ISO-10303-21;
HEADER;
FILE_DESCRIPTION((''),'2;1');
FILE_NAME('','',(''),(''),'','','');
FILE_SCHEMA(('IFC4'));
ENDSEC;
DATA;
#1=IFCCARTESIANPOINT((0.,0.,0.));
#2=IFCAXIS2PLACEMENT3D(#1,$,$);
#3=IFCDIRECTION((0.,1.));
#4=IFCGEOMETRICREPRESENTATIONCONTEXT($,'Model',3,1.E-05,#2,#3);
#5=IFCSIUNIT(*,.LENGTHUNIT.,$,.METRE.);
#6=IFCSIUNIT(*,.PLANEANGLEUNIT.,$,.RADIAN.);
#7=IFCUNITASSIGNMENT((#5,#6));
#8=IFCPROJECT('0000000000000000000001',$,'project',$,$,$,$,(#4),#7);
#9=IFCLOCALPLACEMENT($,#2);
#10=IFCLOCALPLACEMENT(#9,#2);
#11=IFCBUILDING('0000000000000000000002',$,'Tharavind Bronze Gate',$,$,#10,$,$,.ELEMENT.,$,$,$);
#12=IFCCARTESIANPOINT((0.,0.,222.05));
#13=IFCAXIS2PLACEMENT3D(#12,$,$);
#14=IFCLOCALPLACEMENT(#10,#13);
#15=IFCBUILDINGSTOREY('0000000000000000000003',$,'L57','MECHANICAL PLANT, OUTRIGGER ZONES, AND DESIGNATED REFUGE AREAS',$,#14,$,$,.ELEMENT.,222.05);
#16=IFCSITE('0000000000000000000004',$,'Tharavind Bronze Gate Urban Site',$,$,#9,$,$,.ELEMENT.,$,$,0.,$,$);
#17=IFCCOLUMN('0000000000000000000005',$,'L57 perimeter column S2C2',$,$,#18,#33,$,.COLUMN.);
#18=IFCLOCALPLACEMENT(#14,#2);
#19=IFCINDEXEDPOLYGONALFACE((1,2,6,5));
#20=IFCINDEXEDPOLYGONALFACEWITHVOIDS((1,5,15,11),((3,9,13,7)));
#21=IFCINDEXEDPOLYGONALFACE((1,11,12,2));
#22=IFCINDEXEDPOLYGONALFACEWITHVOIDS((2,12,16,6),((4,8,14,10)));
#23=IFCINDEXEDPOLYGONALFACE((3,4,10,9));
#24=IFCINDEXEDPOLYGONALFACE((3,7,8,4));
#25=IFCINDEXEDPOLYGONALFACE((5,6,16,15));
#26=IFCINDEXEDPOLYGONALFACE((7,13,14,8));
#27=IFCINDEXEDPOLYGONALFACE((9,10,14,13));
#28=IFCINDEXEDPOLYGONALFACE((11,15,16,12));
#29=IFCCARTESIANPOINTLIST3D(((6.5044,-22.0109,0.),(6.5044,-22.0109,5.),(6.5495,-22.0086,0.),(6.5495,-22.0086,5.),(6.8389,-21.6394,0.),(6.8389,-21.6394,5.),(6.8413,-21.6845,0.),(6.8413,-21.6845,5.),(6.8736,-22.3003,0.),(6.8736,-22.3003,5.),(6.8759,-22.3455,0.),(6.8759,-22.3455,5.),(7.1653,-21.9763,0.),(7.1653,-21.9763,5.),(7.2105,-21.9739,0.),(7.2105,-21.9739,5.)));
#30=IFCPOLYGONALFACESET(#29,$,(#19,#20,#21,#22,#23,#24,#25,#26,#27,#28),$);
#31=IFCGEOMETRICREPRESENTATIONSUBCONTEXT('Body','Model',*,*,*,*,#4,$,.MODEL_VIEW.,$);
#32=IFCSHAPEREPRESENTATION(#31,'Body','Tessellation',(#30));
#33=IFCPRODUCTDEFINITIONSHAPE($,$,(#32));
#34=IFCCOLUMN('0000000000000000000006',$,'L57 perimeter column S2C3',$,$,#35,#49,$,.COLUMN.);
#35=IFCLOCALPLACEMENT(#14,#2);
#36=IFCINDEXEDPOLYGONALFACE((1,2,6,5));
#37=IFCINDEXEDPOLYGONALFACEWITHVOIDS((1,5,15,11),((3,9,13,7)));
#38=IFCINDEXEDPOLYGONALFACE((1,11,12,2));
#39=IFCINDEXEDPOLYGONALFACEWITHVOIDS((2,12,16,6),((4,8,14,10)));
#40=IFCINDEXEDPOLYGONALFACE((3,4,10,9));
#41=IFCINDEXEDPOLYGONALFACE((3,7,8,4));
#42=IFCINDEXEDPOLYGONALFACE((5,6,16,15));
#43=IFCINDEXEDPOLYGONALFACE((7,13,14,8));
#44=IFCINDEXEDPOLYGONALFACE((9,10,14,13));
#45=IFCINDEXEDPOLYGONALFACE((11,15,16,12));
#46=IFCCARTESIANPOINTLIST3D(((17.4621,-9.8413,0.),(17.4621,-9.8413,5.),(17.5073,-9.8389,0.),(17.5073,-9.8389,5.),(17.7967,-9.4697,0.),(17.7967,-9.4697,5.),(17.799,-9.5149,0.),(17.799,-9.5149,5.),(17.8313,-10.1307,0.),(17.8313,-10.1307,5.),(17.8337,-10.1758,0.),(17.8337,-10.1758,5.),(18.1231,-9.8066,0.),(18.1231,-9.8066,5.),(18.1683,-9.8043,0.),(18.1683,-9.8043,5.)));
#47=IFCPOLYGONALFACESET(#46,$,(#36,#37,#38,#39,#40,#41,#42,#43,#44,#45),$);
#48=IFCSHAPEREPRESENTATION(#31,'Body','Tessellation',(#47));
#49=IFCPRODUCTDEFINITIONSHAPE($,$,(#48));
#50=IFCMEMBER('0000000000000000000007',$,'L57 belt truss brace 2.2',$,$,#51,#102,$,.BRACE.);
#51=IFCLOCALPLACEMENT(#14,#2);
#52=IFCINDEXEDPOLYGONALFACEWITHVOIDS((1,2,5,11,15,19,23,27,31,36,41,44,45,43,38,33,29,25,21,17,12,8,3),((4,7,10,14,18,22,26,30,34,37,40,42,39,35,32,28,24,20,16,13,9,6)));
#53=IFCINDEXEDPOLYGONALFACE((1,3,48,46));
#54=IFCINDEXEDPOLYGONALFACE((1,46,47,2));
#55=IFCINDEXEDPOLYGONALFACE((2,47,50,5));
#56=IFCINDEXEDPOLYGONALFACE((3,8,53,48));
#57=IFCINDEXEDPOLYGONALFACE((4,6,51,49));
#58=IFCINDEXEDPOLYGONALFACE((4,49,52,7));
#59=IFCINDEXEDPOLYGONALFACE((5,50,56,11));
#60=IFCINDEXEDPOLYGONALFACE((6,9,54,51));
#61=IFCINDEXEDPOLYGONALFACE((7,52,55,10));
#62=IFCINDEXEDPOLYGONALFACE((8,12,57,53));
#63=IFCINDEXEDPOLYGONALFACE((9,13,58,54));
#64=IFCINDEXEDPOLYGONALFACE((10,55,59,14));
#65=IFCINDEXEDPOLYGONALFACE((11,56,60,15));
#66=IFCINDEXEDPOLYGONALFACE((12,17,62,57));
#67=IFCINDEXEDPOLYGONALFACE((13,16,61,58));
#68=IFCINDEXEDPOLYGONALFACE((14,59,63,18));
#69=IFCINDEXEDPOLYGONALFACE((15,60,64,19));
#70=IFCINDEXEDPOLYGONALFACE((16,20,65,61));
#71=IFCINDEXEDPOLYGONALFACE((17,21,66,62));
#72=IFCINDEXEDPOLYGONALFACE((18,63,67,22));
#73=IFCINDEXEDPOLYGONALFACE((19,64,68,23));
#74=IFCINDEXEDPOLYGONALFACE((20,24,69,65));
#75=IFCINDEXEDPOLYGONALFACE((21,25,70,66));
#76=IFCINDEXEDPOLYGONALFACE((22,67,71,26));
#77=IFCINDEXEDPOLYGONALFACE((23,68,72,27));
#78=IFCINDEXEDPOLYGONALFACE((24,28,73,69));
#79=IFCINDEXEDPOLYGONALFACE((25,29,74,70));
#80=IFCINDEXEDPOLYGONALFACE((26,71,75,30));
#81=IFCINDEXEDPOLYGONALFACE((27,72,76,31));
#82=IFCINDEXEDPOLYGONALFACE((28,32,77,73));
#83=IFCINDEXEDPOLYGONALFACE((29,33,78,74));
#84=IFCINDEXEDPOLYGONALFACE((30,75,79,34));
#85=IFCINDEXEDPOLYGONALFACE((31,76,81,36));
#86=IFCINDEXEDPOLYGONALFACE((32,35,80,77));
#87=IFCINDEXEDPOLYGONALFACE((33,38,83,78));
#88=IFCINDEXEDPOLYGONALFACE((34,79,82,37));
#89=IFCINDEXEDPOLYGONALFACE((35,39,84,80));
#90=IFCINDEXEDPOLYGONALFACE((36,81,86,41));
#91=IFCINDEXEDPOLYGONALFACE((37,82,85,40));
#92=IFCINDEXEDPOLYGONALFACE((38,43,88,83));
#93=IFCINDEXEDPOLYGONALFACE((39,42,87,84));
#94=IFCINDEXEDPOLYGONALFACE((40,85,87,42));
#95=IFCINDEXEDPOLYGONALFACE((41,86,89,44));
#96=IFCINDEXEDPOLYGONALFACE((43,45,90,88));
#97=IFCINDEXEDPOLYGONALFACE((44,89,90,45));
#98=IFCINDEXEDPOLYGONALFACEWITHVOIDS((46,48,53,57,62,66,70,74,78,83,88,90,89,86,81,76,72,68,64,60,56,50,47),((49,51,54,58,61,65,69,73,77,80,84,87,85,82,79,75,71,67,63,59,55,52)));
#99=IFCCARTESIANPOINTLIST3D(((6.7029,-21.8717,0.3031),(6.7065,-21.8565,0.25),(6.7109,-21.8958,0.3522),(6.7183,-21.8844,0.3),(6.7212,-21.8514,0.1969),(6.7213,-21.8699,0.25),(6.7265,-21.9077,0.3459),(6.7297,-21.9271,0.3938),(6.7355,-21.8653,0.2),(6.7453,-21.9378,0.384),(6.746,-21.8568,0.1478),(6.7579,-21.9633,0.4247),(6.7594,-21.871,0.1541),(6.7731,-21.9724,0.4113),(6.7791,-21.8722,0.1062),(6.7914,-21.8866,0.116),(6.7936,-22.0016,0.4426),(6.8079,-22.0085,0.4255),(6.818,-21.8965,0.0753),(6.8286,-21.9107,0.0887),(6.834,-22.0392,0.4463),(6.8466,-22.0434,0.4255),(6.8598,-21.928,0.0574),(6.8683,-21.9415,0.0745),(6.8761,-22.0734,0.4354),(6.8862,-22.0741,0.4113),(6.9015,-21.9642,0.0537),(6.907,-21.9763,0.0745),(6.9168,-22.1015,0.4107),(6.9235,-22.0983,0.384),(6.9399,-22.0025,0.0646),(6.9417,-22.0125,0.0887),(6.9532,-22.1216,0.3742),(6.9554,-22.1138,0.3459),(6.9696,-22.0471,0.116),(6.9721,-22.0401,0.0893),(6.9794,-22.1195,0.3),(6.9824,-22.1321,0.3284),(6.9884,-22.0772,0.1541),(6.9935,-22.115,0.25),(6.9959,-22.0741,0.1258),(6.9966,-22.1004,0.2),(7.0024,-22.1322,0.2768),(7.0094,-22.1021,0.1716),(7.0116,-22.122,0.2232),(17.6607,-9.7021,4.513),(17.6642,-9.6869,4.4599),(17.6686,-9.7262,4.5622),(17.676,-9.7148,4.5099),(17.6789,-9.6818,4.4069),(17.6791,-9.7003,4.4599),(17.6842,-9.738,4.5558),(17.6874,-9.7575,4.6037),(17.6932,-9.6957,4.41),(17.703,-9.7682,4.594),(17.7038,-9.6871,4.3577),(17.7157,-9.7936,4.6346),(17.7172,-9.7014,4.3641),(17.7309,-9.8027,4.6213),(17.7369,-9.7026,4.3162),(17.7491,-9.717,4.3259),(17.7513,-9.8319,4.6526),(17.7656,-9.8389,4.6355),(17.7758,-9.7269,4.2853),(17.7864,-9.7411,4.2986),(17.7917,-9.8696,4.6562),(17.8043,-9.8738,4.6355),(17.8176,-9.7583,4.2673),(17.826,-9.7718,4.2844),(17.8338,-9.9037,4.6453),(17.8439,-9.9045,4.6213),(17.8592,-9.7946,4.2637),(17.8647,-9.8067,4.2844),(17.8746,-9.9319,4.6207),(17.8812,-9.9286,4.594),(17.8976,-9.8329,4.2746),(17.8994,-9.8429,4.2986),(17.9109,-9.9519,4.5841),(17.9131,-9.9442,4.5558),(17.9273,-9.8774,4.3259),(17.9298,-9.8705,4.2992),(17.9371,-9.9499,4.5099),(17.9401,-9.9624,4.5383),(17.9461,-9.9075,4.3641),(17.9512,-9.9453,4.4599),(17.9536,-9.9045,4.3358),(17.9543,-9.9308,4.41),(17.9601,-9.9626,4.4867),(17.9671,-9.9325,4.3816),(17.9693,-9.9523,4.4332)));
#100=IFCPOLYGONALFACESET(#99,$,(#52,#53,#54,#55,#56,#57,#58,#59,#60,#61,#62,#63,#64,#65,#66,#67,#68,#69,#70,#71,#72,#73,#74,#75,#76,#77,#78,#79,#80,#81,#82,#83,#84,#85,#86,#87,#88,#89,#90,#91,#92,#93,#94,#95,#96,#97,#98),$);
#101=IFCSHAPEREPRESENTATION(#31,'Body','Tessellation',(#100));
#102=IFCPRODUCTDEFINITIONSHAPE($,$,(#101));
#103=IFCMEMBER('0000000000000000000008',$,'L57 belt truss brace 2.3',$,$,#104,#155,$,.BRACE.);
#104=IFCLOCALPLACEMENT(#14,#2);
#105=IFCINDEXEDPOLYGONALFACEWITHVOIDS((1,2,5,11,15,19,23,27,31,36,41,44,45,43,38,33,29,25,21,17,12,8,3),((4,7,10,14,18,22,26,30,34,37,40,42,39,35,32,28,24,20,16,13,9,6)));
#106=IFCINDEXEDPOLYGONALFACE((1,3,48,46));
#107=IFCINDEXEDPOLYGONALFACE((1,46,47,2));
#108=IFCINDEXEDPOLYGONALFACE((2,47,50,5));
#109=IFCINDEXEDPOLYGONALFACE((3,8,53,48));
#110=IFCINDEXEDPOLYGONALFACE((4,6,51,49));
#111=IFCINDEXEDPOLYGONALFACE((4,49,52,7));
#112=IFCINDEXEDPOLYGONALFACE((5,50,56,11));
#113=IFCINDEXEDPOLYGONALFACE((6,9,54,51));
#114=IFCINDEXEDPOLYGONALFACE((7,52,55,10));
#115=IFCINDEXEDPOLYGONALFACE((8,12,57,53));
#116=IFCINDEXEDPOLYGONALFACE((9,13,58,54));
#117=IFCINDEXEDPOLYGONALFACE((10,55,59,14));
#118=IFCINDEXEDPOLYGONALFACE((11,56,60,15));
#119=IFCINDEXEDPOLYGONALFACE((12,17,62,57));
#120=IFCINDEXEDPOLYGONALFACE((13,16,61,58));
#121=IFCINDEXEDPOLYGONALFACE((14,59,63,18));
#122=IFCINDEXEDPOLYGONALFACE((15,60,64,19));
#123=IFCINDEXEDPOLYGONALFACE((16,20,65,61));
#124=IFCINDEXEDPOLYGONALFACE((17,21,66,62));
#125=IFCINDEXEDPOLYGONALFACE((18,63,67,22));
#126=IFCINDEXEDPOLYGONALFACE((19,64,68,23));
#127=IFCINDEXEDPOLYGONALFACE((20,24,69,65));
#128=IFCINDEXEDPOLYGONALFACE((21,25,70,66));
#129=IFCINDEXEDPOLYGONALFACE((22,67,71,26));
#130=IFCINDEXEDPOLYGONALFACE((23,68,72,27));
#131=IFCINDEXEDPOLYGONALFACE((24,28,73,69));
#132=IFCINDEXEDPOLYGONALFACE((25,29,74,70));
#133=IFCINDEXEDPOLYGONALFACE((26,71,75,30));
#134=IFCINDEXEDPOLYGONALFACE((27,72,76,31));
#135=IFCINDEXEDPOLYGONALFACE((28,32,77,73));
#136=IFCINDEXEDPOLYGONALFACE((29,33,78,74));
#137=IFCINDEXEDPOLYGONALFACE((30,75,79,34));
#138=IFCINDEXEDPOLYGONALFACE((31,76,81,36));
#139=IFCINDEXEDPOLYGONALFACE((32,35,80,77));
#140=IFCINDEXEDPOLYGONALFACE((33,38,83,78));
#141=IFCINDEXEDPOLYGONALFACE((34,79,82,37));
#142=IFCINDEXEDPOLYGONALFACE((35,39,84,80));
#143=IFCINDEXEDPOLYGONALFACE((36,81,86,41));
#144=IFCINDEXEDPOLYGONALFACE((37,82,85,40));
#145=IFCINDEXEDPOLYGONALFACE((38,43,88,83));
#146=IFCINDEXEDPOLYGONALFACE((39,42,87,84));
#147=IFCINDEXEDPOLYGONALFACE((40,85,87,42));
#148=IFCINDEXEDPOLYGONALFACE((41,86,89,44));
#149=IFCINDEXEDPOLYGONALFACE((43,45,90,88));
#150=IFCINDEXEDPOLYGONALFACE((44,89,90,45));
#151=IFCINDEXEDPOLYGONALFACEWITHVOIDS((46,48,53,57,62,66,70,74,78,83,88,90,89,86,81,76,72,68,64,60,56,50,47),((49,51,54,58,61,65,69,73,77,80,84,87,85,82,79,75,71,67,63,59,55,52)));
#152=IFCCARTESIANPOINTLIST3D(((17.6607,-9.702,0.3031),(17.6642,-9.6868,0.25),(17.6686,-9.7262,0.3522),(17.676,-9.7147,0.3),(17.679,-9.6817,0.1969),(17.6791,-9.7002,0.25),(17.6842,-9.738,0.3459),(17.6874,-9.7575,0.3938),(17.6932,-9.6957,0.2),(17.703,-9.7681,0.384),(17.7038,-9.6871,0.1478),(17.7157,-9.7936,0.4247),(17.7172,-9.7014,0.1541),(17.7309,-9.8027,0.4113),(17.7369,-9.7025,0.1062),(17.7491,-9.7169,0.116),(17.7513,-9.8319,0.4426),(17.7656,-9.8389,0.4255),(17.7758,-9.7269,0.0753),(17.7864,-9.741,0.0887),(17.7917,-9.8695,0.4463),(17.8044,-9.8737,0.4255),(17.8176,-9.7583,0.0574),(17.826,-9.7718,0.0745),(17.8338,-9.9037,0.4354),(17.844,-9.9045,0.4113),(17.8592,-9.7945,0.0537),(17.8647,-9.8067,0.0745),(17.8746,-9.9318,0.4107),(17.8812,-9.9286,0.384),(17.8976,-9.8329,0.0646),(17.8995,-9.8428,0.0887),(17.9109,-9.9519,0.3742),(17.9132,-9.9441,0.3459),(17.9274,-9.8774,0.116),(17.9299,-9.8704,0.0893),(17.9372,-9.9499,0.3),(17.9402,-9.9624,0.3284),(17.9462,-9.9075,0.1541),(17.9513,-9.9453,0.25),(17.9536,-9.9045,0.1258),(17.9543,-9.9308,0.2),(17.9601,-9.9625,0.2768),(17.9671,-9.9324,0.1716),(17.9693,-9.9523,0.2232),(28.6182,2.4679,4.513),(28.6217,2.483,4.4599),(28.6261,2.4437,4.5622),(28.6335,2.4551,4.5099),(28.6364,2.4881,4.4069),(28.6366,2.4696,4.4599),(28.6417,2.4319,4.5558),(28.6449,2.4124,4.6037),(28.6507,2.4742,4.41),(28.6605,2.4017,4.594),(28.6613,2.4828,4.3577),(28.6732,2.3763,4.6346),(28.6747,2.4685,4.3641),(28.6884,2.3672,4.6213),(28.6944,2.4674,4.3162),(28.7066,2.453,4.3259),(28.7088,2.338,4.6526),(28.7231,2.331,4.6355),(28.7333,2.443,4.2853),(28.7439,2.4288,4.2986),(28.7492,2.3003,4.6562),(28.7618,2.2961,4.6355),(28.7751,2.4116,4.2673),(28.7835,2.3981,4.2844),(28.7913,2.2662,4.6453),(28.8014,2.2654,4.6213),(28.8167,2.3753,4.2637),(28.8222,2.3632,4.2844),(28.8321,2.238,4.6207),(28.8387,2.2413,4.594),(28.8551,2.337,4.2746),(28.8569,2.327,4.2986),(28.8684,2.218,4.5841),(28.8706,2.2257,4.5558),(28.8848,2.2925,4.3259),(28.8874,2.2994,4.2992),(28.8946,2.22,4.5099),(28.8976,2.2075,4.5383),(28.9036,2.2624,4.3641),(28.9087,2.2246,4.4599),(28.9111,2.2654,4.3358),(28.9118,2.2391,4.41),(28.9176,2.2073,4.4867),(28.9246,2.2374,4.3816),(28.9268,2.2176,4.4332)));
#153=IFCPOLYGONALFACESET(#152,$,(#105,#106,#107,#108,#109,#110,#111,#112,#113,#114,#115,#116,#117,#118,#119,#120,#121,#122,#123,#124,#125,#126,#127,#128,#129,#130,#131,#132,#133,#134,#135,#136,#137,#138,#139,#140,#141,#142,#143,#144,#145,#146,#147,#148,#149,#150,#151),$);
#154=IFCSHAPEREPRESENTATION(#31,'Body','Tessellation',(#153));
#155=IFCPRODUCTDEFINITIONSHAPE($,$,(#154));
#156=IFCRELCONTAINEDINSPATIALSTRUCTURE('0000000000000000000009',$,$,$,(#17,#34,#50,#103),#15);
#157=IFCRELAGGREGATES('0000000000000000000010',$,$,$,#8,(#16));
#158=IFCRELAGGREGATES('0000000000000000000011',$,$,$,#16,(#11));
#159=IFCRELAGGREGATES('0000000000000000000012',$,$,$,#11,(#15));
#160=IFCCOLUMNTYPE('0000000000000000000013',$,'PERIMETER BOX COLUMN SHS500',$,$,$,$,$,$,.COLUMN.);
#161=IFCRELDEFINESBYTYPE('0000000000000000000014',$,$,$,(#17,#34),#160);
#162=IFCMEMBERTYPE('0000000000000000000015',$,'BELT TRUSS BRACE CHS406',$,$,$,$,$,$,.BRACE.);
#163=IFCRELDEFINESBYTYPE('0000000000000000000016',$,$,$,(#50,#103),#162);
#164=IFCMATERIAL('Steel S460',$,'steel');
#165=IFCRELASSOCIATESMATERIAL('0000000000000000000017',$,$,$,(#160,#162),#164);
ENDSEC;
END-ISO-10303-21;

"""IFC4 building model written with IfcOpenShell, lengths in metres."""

from ifc_helpers import new_model, si_unit, direction, frame, origin, origin_2d, place, context, subcontext, project, spatial, hollow_rectangle, hollow_circle, extrude, material, material_profile, profile_set, type_object, element, save


model = new_model("IFC4")

# Units and contexts
model_context = context("Model", 3, precision=1e-05, world=origin(), true_north=direction((0.0, 1.0)))
body_context = subcontext(model_context, "Body", "Model", "MODEL_VIEW")
ifc_project = project(units=[si_unit("LENGTHUNIT", "METRE"), si_unit("PLANEANGLEUNIT", "RADIAN")], contexts=[model_context])

# Site, building, storey
site_placement = place(None, origin())
site = spatial("IfcSite", under=ifc_project, at=site_placement, Name="Tharavind Bronze Gate Urban Site", CompositionType="ELEMENT", RefElevation=0.0)
building_placement = place(site_placement, origin())
building = spatial("IfcBuilding", under=site, at=building_placement, Name="Tharavind Bronze Gate", CompositionType="ELEMENT")
storey_placement = place(building_placement, frame((0.0, 0.0, 222.05)))
storey = spatial("IfcBuildingStorey", under=building, at=storey_placement, Name="L57", Description="MECHANICAL PLANT, OUTRIGGER ZONES, AND DESIGNATED REFUGE AREAS", CompositionType="ELEMENT", Elevation=222.05)

# Columns
ifc_material_1 = material(Name="Steel S460", Category="steel")
ifc_material_profile_1 = material_profile(ifc_material_1, hollow_rectangle(XDim=0.5, YDim=0.5, WallThickness=0.032, at=origin_2d()), Name="SHS500X32")
ifc_profile_set_1 = profile_set([ifc_material_profile_1], Name="Steel S460")
column_type = type_object("IfcColumnType", Name="PERIMETER BOX COLUMN SHS500", PredefinedType="COLUMN", material=ifc_profile_set_1)
for number, where, z_axis, x_axis, name in (
    (1, (6.8574, -21.9924, 0.0), (0.0, 0.0, 1.0), (0.669131, 0.743145, 0.0), "L57 perimeter column S2C2"),
    (2, (17.8152, -9.8228, 0.0), (0.0, 0.0, 1.0), (0.669131, 0.743145, 0.0), "L57 perimeter column S2C3"),
):
    element("IfcColumn", number, at=place(storey_placement, frame(where, z_axis=z_axis, x_axis=x_axis)), inside=storey, type_object=column_type, Name=name, PredefinedType="COLUMN", context=body_context, shape_type="SweptSolid", body=[
        extrude(hollow_rectangle(XDim=0.5, YDim=0.5, WallThickness=0.032, at=origin_2d()), origin(), (0.0, 0.0, 1.0), 5.0),
    ])

# Members
ifc_material_profile_2 = material_profile(ifc_material_1, hollow_circle(Radius=0.2031, WallThickness=0.02, at=origin_2d()), Name="CHS406X20")
ifc_profile_set_2 = profile_set([ifc_material_profile_2], Name="Steel S460")
member_type_1 = type_object("IfcMemberType", Name="BELT TRUSS BRACE CHS406", PredefinedType="BRACE", material=ifc_profile_set_2)
for number, where, z_axis, x_axis, name in (
    (3, (6.8574, -21.9924, 0.25), (0.648062, 0.719737, 0.248985), (-0.743141, 0.669135, 0.0), "L57 belt truss brace 2.2"),
    (4, (17.8152, -9.8228, 0.25), (0.648047, 0.719751, 0.248985), (-0.743155, 0.66912, 0.0), "L57 belt truss brace 2.3"),
):
    element("IfcMember", number, at=place(storey_placement, frame(where, z_axis=z_axis, x_axis=x_axis)), inside=storey, type_object=member_type_1, Name=name, PredefinedType="BRACE", context=body_context, shape_type="SweptSolid", body=[
        extrude(hollow_circle(Radius=0.2031, WallThickness=0.02, at=origin_2d()), origin(), (0.0, 0.0, 1.0), 16.9084),
    ])

save(model, "model.ifc")
